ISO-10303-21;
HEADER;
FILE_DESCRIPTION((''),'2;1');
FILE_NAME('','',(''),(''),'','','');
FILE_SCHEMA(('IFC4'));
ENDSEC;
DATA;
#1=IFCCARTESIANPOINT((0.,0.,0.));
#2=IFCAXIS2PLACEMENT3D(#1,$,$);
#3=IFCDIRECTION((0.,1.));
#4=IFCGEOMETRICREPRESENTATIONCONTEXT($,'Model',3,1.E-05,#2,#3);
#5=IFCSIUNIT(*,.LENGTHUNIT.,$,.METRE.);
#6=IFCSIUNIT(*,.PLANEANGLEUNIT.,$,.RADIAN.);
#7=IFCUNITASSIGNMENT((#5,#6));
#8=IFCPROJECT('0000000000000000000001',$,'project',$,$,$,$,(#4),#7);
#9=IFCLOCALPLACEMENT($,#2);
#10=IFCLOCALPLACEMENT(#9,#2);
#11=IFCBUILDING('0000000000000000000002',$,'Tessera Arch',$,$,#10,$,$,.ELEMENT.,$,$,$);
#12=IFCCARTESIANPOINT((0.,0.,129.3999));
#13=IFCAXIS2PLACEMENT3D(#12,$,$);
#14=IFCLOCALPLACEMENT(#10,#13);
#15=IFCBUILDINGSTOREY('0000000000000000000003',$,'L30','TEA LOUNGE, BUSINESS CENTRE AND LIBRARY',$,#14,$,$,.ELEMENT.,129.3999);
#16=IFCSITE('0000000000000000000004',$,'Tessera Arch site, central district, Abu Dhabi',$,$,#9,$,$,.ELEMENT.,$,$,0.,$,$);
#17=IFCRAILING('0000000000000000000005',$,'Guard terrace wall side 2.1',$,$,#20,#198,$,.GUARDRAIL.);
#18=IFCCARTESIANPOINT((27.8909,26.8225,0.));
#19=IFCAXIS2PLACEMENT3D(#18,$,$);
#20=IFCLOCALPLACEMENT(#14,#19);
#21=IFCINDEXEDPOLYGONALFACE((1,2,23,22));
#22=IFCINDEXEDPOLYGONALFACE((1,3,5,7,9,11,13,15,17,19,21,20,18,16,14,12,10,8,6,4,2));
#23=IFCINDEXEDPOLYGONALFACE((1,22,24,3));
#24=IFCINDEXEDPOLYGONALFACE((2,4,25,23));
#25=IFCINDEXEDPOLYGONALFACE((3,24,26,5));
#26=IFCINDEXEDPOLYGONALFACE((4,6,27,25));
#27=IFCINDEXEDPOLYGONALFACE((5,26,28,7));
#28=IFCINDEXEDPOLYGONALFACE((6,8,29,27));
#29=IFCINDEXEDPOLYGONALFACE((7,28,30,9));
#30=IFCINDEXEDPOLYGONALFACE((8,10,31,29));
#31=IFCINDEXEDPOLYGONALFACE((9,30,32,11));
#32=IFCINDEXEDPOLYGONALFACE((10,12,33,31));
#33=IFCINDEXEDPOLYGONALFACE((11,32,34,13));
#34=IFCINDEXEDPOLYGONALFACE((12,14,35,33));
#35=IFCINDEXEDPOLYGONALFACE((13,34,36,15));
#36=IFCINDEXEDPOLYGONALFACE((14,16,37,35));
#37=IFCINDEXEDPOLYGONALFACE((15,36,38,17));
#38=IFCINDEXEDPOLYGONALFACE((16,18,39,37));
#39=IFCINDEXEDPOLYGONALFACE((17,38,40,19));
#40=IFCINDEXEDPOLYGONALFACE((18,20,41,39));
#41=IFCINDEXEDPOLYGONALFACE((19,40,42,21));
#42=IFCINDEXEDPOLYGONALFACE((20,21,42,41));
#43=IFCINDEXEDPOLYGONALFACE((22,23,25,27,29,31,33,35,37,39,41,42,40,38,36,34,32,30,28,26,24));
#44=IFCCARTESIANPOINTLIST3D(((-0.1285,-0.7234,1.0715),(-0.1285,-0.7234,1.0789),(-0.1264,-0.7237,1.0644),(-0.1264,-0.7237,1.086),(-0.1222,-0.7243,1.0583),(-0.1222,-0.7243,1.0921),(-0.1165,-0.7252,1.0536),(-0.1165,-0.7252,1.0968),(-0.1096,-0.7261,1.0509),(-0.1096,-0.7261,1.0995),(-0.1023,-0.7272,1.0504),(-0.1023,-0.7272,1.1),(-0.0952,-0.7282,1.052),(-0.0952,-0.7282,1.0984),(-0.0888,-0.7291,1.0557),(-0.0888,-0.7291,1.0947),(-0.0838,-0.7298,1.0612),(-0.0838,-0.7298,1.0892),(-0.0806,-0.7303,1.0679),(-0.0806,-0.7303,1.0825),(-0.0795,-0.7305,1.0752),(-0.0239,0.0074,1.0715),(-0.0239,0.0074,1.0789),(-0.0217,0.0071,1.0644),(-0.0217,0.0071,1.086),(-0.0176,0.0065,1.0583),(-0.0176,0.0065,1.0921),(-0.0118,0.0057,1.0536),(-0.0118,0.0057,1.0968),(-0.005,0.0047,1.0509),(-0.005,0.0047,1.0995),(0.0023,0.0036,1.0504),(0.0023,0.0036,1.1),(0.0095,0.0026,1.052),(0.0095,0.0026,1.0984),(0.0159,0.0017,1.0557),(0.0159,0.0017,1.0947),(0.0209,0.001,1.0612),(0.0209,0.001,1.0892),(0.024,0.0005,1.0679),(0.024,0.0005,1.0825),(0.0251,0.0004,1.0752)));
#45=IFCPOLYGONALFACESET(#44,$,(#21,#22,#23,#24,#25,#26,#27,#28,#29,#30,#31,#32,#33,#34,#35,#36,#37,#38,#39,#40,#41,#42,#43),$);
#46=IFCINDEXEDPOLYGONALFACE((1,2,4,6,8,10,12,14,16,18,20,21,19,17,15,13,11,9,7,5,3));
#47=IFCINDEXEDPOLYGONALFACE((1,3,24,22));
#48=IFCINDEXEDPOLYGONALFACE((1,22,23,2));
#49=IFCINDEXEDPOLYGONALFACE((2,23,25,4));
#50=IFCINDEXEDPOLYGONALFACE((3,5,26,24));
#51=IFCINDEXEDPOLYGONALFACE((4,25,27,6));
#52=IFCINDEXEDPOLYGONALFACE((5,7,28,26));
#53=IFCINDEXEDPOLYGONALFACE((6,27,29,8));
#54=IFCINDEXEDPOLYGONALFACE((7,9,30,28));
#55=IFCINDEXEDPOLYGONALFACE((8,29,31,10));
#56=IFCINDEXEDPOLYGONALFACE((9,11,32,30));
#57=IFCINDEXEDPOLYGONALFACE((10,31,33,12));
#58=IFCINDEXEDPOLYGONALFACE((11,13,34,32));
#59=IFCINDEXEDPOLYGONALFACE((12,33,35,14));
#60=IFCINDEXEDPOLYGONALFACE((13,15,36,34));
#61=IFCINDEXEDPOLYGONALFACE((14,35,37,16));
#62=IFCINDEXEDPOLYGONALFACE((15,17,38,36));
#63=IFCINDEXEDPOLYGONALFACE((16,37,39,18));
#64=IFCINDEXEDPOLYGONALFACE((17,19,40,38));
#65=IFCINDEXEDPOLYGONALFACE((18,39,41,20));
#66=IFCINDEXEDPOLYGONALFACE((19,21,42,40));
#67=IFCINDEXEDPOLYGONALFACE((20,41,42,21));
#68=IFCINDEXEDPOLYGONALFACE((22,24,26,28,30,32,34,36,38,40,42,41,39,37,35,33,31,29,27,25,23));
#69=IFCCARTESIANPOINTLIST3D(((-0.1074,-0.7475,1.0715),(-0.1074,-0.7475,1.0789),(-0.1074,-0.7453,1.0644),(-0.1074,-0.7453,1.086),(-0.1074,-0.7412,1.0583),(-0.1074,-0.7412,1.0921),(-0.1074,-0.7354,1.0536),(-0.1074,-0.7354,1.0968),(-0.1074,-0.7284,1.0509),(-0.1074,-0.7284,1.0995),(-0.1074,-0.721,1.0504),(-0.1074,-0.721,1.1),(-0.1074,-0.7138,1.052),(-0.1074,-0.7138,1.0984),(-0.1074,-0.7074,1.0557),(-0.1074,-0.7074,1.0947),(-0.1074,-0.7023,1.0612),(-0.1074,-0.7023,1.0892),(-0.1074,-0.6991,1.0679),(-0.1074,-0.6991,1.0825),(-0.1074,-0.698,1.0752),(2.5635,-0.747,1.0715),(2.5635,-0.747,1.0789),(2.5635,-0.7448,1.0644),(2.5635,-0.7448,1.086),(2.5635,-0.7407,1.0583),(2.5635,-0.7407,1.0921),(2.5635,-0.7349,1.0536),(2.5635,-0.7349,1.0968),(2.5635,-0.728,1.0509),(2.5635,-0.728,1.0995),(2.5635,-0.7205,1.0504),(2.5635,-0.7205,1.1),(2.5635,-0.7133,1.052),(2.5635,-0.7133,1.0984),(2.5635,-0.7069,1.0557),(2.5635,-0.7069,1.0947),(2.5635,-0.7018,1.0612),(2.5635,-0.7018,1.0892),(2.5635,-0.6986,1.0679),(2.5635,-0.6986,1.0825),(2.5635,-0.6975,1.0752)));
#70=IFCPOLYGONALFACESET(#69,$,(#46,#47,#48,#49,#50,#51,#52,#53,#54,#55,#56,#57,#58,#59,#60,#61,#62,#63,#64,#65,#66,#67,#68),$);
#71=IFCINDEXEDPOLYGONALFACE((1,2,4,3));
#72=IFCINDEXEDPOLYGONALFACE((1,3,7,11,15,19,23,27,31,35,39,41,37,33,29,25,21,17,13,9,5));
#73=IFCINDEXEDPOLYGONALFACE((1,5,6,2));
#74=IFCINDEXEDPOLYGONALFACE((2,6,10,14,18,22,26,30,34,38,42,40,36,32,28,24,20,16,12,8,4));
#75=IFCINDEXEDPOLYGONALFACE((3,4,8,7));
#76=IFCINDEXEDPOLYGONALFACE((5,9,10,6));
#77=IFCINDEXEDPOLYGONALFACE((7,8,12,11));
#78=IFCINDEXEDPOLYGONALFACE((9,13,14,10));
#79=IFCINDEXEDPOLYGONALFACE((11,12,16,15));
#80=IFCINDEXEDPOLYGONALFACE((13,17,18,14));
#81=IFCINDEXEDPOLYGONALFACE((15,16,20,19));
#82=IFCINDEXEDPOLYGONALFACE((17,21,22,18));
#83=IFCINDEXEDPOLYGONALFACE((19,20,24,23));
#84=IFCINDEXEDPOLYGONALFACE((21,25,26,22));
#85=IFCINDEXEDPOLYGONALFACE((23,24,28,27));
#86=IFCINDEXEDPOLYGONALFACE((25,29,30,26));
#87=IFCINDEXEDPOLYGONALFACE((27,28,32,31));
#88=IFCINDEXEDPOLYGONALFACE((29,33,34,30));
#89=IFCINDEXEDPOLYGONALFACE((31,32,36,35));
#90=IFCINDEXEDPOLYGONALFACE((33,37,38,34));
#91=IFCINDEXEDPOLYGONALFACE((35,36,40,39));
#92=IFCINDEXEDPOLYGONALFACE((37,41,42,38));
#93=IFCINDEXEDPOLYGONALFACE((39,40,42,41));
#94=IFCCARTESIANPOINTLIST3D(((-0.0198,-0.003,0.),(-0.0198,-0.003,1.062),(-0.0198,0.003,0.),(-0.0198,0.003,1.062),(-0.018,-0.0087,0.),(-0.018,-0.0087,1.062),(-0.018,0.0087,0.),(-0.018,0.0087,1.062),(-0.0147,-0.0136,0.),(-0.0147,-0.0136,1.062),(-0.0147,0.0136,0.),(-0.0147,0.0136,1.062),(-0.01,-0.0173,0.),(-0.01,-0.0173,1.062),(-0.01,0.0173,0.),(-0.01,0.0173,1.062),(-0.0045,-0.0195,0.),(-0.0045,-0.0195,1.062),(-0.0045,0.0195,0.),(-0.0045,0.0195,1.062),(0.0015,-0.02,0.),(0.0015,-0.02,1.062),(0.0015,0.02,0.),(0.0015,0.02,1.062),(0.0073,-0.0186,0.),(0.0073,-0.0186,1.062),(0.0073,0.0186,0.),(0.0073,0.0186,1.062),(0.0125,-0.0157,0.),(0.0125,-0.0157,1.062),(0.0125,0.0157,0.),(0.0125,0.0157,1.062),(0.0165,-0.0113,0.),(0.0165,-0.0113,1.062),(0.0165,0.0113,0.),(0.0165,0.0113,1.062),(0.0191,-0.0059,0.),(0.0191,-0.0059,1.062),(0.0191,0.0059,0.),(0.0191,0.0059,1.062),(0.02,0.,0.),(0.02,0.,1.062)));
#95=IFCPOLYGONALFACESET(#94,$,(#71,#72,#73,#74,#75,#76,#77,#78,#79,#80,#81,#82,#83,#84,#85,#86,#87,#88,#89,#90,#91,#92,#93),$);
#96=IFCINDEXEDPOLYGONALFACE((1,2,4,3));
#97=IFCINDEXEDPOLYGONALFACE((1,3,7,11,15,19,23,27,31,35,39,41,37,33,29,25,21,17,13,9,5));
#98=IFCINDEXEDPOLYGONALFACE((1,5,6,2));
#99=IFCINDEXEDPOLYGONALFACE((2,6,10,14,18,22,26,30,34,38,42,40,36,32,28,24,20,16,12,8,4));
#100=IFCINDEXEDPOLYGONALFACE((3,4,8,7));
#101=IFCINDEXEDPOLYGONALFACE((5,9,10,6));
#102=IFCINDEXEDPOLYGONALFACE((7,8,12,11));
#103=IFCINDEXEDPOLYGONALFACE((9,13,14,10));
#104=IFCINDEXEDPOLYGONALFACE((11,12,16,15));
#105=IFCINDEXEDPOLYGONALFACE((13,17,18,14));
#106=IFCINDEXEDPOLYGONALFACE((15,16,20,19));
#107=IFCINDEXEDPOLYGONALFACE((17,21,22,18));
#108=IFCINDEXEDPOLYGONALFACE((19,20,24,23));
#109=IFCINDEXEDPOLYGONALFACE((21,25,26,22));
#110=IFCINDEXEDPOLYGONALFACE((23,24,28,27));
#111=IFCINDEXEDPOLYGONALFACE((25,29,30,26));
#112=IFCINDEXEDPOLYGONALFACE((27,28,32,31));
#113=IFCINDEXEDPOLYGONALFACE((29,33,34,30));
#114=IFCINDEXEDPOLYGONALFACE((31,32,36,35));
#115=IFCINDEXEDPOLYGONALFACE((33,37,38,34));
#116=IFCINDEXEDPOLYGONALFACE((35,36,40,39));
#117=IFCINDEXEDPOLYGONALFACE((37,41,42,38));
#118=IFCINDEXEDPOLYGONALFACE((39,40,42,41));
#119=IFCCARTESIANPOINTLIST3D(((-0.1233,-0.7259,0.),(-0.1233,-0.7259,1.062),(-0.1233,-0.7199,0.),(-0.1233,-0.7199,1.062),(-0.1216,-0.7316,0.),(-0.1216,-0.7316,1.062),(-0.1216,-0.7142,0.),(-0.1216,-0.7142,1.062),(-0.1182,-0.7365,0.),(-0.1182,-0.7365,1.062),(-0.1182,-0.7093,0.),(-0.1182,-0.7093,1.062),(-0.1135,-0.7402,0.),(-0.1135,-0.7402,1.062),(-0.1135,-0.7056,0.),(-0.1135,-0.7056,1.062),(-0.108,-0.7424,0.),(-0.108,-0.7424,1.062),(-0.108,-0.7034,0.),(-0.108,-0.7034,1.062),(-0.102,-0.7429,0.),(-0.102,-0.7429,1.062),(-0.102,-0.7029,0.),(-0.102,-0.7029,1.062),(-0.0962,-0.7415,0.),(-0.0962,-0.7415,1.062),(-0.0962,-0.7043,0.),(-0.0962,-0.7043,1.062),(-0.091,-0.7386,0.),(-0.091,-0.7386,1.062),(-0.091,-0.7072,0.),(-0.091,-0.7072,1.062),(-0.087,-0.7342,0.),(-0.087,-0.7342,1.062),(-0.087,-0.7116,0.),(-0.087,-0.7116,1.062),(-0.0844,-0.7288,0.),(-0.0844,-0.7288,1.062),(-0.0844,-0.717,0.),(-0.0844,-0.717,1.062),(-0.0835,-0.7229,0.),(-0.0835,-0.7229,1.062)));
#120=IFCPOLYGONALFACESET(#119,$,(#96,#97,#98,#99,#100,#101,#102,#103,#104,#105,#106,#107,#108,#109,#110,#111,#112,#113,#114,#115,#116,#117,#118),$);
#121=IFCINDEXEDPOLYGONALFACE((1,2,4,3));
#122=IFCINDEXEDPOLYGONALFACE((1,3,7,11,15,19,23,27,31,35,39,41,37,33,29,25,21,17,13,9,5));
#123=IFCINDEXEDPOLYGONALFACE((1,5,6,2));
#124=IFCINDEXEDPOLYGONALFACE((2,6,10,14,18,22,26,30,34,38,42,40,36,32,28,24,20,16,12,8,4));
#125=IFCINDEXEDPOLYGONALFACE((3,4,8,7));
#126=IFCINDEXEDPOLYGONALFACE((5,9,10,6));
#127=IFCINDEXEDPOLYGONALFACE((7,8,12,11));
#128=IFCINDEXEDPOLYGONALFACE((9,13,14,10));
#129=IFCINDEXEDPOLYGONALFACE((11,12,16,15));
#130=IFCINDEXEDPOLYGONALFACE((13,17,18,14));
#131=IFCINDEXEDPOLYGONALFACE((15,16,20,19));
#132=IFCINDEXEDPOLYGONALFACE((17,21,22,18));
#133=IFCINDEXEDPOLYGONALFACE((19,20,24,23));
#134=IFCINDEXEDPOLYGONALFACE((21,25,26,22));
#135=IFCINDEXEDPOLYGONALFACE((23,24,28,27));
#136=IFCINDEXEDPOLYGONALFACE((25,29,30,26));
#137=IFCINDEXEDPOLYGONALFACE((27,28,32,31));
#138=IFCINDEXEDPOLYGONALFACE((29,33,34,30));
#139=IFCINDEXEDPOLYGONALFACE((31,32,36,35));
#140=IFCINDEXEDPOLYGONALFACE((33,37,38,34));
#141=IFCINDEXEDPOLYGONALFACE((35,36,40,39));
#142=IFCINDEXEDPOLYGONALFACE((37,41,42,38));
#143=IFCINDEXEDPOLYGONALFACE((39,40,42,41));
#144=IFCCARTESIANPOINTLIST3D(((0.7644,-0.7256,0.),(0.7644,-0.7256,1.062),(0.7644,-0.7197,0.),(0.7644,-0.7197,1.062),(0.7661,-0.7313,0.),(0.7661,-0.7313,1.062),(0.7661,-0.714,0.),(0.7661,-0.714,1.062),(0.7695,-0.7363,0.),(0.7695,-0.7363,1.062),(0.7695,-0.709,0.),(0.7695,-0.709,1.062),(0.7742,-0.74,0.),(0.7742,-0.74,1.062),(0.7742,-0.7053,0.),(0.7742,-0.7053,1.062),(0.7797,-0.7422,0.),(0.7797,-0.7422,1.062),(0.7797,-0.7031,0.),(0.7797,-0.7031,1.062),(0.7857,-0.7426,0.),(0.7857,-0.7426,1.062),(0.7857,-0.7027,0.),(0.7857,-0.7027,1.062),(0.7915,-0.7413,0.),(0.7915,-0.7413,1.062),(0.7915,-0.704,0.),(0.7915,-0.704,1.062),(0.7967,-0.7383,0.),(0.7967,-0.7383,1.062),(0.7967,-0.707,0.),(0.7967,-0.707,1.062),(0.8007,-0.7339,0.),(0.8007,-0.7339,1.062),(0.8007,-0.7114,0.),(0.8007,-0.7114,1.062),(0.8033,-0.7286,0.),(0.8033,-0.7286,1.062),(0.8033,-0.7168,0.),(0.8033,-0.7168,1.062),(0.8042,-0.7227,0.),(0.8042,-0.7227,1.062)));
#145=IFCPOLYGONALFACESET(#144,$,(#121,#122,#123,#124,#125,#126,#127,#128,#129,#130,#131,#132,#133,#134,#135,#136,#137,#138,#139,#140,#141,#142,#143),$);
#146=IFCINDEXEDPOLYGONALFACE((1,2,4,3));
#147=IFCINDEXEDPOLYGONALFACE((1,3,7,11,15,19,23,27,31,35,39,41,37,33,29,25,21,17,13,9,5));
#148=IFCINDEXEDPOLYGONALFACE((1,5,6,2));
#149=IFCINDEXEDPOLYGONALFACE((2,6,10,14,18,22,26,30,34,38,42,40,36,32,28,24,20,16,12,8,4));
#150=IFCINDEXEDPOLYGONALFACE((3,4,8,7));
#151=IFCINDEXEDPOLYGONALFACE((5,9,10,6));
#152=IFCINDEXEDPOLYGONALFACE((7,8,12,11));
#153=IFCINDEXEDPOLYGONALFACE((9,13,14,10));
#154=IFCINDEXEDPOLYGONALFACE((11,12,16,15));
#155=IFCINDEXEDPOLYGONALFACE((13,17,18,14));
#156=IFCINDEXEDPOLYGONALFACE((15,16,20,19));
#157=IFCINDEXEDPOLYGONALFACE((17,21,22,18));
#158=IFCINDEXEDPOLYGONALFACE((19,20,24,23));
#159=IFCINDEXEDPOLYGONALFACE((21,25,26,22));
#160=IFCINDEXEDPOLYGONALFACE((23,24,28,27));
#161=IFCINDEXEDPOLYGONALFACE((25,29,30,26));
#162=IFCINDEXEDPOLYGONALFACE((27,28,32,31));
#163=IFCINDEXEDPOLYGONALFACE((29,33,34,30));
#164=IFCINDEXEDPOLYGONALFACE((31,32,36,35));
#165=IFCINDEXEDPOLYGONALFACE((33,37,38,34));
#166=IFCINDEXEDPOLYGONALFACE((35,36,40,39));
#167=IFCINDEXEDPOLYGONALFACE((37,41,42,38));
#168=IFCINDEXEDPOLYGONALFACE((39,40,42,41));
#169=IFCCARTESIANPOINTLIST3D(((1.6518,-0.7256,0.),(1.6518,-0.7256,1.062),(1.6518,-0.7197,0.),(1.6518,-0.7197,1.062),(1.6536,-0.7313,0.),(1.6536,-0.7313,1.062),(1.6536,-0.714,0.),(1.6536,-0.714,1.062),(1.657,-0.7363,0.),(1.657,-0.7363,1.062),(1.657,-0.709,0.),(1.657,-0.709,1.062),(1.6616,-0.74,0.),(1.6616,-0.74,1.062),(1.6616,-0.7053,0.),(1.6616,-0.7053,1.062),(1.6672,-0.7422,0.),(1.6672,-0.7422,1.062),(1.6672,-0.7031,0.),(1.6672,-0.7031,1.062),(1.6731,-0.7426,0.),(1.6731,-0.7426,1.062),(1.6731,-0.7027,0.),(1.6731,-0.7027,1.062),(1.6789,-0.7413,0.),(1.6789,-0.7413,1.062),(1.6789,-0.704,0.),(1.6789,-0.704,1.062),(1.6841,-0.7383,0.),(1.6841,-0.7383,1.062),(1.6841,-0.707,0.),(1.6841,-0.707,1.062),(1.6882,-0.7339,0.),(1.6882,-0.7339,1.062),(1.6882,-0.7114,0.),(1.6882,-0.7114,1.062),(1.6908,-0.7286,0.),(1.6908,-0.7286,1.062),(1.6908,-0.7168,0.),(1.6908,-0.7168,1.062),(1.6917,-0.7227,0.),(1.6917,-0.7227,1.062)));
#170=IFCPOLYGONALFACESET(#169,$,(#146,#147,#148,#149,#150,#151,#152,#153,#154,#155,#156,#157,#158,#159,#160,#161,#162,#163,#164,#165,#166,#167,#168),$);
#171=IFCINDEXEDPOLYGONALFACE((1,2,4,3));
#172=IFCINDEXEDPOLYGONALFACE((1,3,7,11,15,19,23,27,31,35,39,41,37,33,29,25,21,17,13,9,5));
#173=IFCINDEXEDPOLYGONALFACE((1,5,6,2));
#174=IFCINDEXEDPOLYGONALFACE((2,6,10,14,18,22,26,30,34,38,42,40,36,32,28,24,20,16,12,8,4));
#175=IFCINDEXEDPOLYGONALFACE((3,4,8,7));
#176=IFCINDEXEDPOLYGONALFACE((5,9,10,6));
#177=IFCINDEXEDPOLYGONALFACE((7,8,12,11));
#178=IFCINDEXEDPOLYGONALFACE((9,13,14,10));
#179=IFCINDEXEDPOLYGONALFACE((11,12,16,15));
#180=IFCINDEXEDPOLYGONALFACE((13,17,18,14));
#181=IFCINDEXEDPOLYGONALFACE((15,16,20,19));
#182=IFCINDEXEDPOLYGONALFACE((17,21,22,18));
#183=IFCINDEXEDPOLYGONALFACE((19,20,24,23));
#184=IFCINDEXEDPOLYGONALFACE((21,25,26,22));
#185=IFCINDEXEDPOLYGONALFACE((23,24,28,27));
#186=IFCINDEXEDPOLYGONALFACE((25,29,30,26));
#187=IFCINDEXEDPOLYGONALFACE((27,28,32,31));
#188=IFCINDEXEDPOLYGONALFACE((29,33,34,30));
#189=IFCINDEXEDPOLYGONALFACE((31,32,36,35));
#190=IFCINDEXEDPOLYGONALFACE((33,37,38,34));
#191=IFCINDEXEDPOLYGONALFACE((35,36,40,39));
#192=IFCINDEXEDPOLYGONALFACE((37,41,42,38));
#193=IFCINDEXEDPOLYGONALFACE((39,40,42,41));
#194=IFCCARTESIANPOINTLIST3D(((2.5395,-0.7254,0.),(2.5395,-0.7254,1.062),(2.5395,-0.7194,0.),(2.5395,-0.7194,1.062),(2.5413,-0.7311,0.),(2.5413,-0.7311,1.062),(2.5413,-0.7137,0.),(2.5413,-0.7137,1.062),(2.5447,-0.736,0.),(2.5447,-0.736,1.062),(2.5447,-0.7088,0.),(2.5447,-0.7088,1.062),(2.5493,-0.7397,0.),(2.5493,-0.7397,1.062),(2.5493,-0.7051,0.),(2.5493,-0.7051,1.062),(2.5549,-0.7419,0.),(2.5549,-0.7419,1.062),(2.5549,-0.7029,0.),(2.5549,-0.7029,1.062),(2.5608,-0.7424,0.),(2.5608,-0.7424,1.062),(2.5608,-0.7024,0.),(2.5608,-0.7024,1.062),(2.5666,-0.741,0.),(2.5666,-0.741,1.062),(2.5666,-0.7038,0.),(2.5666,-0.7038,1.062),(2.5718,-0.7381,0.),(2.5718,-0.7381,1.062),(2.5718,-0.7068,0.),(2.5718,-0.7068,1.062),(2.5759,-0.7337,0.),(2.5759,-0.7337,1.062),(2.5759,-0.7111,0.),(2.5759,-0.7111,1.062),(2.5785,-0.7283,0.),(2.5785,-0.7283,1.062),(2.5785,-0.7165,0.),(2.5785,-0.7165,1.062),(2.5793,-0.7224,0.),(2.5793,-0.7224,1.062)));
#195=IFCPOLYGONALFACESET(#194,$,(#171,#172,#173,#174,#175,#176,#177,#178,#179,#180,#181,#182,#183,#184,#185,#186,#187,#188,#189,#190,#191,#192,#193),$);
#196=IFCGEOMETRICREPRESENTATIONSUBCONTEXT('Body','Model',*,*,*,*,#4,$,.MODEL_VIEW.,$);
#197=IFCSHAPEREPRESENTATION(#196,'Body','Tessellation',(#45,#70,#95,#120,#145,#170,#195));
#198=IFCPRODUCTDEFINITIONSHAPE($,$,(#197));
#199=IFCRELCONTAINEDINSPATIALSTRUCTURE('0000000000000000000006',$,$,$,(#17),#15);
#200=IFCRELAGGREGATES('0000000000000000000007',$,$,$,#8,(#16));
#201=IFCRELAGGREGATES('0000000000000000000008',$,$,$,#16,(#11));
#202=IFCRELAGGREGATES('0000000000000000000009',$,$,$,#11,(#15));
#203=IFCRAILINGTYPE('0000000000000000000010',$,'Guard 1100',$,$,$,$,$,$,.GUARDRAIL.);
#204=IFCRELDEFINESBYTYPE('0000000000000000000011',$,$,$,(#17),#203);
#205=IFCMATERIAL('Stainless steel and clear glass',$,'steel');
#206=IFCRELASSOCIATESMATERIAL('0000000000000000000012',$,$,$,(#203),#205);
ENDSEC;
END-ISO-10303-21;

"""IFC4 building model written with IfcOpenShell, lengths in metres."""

from ifc_helpers import new_model, si_unit, direction, frame, origin, origin_2d, place, context, subcontext, project, spatial, circle, extrude, material, type_object, element, save


model = new_model("IFC4")

# Units and contexts
model_context = context("Model", 3, precision=1e-05, world=origin(), true_north=direction((0.0, 1.0)))
body_context = subcontext(model_context, "Body", "Model", "MODEL_VIEW")
ifc_project = project(units=[si_unit("LENGTHUNIT", "METRE"), si_unit("PLANEANGLEUNIT", "RADIAN")], contexts=[model_context])

# Site, building, storey
site_placement = place(None, origin())
site = spatial("IfcSite", under=ifc_project, at=site_placement, Name="Tessera Arch site, central district, Abu Dhabi", CompositionType="ELEMENT", RefElevation=0.0)
building_placement = place(site_placement, origin())
building = spatial("IfcBuilding", under=site, at=building_placement, Name="Tessera Arch", CompositionType="ELEMENT")
storey_placement = place(building_placement, frame((0.0, 0.0, 129.3999)))
storey = spatial("IfcBuildingStorey", under=building, at=storey_placement, Name="L30", Description="TEA LOUNGE, BUSINESS CENTRE AND LIBRARY", CompositionType="ELEMENT", Elevation=129.3999)

# Railing
ifc_material_1 = material(Name="Stainless steel and clear glass", Category="steel")
railing_type = type_object("IfcRailingType", Name="Guard 1100", PredefinedType="GUARDRAIL", material=ifc_material_1)
railing_1_placement = place(storey_placement, frame((27.8909, 26.8225, 0.0)))
element("IfcRailing", 1, at=railing_1_placement, inside=storey, type_object=railing_type, Name="Guard terrace wall side 2.1", PredefinedType="GUARDRAIL", context=body_context, shape_type="SweptSolid", body=[
    extrude(circle(Radius=0.0249, at=origin_2d()), frame((0.0005, 0.0039, 1.0752), z_axis=(-0.141749, -0.989903, 0.0), x_axis=(0.989903, -0.141749, 0.0)), (0.0, 0.0, 1.0), 0.7383),
    extrude(circle(Radius=0.0249, at=origin_2d()), frame((-0.1074, -0.7229, 1.0752), z_axis=(1.0, 0.000183, 0.0), x_axis=(-0.000183, 1.0, 0.0)), (0.0, 0.0, 1.0), 2.6709),
    extrude(circle(Radius=0.02, at=origin_2d()), origin(), (0.0, 0.0, 1.0), 1.062),
    extrude(circle(Radius=0.02, at=origin_2d()), frame((-0.1035, -0.7229, 0.0)), (0.0, 0.0, 1.0), 1.062),
    extrude(circle(Radius=0.02, at=origin_2d()), frame((0.7842, -0.7227, 0.0)), (0.0, 0.0, 1.0), 1.062),
    extrude(circle(Radius=0.02, at=origin_2d()), frame((1.6716, -0.7227, 0.0)), (0.0, 0.0, 1.0), 1.062),
    extrude(circle(Radius=0.02, at=origin_2d()), frame((2.5593, -0.7224, 0.0)), (0.0, 0.0, 1.0), 1.062),
])

save(model, "model.ifc")
